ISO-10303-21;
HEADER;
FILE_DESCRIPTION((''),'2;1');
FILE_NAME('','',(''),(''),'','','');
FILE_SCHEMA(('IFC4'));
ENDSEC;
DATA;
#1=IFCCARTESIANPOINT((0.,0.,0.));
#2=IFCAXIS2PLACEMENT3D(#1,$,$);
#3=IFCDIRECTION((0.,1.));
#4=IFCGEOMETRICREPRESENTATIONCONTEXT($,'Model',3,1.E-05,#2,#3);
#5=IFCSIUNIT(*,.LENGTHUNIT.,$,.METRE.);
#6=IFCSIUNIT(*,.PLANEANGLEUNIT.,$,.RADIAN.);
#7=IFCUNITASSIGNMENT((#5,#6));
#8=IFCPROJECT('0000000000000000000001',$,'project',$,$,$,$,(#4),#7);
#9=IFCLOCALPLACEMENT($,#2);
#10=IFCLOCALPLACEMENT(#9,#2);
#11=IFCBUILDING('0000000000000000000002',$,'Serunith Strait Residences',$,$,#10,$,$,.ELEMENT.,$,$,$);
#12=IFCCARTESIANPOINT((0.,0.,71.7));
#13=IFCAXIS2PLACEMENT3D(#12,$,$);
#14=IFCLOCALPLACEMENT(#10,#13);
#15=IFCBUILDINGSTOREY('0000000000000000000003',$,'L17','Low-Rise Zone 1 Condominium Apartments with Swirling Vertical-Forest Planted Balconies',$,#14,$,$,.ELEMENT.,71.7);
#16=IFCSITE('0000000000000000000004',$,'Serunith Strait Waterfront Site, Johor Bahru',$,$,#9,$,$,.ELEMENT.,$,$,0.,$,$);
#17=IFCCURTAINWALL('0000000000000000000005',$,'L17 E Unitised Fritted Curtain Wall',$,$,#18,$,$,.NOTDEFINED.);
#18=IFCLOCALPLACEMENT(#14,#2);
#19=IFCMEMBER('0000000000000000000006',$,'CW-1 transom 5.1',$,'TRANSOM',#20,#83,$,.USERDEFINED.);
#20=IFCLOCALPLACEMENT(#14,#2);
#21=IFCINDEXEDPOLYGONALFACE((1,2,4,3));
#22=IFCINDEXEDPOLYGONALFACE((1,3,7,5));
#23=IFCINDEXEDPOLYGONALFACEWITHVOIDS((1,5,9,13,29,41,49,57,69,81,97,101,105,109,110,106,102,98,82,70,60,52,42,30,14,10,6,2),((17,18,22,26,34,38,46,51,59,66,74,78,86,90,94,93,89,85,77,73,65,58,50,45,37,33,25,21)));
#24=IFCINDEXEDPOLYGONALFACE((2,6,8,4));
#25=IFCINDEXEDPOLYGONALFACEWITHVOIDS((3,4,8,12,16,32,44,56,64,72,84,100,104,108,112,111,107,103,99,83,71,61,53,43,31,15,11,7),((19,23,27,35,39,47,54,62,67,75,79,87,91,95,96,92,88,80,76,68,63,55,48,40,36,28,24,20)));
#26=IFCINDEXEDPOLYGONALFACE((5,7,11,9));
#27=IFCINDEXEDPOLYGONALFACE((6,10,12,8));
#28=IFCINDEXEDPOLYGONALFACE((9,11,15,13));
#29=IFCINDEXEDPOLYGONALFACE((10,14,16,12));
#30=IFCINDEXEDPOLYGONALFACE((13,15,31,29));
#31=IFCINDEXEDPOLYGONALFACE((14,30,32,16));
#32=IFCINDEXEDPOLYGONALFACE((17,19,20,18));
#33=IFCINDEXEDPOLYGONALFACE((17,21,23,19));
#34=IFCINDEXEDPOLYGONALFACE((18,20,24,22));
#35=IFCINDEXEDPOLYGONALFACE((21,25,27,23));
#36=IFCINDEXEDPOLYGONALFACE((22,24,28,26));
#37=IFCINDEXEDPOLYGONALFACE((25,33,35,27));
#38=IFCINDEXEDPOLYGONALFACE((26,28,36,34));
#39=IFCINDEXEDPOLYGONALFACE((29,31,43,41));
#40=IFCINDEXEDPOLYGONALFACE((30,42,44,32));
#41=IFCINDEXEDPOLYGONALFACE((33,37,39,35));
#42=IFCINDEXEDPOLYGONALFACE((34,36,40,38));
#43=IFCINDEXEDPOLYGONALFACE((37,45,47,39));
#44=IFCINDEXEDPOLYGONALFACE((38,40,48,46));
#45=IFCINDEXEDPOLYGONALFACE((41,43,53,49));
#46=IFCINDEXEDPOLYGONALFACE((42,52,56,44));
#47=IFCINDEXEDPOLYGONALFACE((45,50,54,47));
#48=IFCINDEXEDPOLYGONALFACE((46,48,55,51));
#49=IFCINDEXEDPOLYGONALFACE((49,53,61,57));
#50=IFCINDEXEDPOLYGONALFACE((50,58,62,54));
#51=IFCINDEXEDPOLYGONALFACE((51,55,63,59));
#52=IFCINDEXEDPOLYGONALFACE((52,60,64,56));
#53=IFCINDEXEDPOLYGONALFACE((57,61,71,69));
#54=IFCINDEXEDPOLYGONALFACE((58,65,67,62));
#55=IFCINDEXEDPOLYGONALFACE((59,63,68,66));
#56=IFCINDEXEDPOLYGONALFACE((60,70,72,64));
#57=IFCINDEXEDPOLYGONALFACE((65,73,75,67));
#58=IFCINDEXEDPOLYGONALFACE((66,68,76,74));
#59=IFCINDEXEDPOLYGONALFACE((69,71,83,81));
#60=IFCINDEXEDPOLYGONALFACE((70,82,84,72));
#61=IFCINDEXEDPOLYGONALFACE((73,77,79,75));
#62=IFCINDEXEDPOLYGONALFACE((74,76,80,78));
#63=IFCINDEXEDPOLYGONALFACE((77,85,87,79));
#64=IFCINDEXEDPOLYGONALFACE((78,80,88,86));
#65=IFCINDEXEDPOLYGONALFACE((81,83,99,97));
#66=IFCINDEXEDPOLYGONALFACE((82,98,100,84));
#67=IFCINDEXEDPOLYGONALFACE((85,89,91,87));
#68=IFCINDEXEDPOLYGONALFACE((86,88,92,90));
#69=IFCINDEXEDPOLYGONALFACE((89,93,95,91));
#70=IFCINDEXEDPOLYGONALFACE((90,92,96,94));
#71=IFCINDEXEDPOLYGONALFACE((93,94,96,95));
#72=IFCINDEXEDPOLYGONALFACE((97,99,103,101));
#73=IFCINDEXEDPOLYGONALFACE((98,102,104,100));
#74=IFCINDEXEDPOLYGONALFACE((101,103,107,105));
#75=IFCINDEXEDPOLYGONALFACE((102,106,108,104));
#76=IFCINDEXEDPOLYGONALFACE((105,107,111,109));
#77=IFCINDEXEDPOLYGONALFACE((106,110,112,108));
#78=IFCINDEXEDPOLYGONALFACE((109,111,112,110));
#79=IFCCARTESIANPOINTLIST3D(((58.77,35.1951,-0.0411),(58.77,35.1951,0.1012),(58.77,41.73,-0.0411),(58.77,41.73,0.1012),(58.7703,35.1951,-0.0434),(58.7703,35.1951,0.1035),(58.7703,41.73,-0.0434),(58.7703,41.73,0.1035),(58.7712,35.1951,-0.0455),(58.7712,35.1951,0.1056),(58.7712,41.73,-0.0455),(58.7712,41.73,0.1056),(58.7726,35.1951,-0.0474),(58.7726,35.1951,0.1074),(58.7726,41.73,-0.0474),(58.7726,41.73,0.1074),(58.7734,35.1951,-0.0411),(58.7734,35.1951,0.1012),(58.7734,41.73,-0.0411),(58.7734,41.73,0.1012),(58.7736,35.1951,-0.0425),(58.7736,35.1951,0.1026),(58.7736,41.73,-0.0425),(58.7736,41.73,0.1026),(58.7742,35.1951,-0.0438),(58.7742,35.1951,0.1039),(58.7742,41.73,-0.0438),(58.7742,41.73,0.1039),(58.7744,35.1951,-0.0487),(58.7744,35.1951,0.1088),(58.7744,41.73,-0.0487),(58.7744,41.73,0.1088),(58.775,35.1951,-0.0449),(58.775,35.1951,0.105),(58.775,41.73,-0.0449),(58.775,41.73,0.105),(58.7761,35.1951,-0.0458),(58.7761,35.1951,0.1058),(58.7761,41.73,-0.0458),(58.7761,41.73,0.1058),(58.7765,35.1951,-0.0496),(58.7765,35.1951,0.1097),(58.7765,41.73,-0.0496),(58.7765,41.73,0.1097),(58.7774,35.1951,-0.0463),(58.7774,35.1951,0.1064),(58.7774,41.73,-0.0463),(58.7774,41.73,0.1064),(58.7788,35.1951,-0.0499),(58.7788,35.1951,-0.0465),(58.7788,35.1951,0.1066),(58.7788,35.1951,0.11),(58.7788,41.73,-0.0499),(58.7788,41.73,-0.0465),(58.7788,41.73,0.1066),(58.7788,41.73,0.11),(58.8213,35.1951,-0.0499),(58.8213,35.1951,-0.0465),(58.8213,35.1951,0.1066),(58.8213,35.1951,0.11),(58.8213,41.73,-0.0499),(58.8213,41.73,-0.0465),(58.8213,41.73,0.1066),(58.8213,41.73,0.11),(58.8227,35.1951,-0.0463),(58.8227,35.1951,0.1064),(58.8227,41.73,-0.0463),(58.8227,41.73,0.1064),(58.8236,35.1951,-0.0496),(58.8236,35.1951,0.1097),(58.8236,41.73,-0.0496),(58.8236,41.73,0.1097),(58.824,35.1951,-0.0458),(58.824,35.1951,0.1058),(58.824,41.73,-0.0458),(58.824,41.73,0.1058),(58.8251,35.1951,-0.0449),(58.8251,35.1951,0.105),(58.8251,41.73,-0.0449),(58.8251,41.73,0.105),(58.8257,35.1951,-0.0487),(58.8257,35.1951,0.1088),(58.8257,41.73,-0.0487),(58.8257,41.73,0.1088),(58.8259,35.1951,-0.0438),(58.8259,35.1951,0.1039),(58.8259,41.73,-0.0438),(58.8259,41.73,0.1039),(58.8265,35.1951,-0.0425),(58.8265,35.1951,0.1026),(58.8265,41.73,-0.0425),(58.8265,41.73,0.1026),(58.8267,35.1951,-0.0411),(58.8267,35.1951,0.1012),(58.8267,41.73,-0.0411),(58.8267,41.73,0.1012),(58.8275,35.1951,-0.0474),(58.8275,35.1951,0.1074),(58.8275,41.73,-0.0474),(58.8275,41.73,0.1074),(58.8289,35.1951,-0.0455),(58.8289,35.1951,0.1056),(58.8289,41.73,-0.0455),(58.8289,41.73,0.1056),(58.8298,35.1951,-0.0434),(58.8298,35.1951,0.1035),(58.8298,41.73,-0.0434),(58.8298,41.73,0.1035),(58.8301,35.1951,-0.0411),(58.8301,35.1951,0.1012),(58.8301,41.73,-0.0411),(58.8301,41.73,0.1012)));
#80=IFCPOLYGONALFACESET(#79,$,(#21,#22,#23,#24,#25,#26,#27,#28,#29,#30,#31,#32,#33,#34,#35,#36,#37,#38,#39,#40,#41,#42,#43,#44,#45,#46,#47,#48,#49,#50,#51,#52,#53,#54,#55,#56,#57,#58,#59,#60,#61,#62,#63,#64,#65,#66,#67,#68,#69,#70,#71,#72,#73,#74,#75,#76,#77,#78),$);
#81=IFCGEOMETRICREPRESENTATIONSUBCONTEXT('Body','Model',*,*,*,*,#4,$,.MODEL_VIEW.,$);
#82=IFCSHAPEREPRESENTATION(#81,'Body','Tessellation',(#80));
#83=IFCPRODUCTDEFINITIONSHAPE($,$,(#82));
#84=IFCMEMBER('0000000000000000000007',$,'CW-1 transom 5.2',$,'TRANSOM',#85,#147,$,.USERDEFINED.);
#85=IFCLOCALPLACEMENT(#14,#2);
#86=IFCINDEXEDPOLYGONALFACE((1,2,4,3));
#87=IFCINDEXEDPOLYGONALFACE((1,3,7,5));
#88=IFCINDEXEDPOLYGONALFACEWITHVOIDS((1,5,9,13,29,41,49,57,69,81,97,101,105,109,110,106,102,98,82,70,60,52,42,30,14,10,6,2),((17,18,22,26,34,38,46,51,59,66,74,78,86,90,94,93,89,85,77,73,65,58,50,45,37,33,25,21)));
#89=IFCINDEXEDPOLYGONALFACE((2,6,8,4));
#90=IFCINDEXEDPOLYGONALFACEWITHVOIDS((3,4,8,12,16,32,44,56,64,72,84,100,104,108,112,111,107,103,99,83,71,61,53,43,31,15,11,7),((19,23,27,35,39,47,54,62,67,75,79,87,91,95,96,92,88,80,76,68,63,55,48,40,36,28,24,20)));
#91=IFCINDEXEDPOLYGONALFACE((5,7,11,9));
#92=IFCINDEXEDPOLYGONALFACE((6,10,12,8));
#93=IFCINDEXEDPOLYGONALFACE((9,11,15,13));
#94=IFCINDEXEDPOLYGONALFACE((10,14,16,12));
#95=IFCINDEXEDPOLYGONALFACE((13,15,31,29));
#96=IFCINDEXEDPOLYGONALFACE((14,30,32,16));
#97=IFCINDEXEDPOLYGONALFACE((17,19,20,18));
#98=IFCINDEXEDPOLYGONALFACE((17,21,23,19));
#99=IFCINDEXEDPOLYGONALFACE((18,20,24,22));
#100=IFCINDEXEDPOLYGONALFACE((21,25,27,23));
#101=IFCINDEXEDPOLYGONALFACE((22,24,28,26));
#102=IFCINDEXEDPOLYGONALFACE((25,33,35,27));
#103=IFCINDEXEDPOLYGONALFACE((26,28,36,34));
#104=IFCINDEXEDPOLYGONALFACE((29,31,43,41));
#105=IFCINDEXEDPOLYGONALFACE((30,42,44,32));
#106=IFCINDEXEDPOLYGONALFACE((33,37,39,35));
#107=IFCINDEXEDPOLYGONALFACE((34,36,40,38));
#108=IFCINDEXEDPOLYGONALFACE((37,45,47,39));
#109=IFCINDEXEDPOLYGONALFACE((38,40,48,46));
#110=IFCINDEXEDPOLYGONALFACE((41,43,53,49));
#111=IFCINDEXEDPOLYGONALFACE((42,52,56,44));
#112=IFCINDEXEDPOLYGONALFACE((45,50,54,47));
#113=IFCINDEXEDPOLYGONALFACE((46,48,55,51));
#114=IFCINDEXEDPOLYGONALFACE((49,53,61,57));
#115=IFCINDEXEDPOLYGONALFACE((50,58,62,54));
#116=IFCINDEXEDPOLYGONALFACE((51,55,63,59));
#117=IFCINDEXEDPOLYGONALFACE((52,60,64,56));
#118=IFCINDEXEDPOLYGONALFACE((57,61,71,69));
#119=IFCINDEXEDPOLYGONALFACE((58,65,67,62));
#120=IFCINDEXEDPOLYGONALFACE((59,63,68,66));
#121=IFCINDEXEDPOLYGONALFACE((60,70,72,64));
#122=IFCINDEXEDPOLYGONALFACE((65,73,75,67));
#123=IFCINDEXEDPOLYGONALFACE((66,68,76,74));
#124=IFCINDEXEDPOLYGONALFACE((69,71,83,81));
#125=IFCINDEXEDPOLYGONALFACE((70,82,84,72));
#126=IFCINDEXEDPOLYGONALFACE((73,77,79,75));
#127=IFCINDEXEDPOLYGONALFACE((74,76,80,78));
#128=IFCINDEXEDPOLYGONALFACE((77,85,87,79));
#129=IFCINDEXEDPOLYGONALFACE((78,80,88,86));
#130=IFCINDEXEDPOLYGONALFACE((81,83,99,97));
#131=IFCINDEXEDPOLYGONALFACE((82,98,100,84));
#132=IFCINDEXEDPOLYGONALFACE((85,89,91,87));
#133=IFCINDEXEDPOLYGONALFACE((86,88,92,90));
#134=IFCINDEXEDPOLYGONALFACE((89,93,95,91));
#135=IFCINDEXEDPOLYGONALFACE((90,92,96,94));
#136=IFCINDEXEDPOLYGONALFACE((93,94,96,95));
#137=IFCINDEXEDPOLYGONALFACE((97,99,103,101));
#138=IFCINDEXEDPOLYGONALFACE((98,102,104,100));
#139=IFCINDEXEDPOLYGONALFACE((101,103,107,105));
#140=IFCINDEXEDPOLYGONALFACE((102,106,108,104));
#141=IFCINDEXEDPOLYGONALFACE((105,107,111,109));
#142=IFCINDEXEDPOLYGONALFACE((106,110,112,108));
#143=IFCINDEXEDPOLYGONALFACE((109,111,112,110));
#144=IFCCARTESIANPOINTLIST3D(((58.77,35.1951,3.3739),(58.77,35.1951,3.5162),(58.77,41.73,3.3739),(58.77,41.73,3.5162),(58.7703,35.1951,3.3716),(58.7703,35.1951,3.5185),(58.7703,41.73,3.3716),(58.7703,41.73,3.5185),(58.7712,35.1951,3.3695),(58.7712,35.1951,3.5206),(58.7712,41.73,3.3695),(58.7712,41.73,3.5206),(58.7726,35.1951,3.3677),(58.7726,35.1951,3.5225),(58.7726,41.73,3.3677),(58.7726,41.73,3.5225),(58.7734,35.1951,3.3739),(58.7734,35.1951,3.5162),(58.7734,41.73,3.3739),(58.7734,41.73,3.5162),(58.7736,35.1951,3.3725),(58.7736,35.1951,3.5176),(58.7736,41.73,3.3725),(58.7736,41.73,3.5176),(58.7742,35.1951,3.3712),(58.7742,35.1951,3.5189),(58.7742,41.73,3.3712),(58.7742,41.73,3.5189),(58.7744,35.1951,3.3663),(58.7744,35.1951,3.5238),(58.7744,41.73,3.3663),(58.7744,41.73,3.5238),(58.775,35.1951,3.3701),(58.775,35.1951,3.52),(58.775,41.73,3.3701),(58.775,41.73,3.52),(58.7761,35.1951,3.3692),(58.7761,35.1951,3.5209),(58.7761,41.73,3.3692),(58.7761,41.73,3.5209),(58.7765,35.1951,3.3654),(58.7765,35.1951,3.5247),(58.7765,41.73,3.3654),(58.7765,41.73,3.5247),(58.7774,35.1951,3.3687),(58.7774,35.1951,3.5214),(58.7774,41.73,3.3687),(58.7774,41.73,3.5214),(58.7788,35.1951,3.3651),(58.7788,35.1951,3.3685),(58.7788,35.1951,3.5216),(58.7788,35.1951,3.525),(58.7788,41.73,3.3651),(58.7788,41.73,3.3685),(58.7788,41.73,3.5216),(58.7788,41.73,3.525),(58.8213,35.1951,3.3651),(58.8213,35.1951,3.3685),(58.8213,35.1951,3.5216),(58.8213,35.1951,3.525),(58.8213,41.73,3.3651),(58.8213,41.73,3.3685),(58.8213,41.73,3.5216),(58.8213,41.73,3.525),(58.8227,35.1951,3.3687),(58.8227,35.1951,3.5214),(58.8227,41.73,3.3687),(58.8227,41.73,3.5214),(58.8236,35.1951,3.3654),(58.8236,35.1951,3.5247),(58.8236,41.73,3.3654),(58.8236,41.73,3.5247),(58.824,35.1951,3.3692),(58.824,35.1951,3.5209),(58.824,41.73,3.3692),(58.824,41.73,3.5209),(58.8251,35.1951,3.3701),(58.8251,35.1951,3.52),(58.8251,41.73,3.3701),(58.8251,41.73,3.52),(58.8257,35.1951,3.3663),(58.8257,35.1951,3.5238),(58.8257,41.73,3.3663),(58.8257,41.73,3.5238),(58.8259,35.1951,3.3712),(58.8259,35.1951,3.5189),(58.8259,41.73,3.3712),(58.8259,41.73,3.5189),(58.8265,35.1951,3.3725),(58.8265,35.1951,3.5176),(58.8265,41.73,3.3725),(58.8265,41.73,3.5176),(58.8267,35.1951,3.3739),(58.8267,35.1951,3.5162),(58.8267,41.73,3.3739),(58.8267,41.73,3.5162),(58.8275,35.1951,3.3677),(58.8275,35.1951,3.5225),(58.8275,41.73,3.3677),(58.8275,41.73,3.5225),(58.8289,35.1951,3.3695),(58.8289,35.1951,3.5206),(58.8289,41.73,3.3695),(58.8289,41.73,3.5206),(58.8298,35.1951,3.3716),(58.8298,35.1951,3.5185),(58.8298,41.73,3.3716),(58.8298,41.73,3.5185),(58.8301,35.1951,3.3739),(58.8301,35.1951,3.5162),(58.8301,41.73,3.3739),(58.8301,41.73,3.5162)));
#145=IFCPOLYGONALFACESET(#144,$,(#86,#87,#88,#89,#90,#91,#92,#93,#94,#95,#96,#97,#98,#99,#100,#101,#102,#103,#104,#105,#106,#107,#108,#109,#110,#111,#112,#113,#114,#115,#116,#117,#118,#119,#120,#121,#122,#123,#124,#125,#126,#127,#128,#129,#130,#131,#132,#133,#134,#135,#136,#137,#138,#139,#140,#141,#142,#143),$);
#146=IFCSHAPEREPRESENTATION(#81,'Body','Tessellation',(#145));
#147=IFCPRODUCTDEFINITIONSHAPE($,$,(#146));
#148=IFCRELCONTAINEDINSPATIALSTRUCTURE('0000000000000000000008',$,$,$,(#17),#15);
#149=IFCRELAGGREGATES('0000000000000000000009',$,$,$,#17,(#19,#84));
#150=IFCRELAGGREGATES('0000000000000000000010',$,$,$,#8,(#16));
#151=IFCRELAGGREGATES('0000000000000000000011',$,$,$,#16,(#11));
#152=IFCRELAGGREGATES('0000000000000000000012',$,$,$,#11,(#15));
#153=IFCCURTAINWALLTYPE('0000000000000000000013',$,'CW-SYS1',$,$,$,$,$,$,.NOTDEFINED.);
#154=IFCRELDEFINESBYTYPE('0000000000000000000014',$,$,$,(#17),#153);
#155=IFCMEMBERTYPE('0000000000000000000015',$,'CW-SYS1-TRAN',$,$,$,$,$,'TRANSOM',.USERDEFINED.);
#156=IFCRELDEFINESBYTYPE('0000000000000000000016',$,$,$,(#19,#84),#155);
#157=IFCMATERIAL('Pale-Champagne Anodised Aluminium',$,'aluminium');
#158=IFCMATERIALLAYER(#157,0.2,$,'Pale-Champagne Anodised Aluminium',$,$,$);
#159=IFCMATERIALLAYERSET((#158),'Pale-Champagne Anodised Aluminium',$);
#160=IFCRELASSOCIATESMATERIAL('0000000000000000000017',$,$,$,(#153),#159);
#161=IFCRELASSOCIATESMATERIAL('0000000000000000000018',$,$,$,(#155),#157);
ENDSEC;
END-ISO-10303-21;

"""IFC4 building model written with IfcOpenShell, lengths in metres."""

from ifc_helpers import new_model, si_unit, direction, frame, origin, origin_2d, place, context, subcontext, project, spatial, hollow_rectangle, extrude, source, transform, mapped, material, layer, layer_set, material_profile, profile_set, type_object, element, aggregate, save


model = new_model("IFC4")

# Units and contexts
model_context = context("Model", 3, precision=1e-05, world=origin(), true_north=direction((0.0, 1.0)))
body_context = subcontext(model_context, "Body", "Model", "MODEL_VIEW")
ifc_project = project(units=[si_unit("LENGTHUNIT", "METRE"), si_unit("PLANEANGLEUNIT", "RADIAN")], contexts=[model_context])

# Site, building, storey
site_placement = place(None, origin())
site = spatial("IfcSite", under=ifc_project, at=site_placement, Name="Serunith Strait Waterfront Site, Johor Bahru", CompositionType="ELEMENT", RefElevation=0.0)
building_placement = place(site_placement, origin())
building = spatial("IfcBuilding", under=site, at=building_placement, Name="Serunith Strait Residences", CompositionType="ELEMENT")
storey_placement = place(building_placement, frame((0.0, 0.0, 71.7)))
storey = spatial("IfcBuildingStorey", under=building, at=storey_placement, Name="L17", Description="Low-Rise Zone 1 Condominium Apartments with Swirling Vertical-Forest Planted Balconies", CompositionType="ELEMENT", Elevation=71.7)

# Curtain wall, members
ifc_material_1 = material(Name="Pale-Champagne Anodised Aluminium", Category="aluminium")
ifc_layer_1 = layer(ifc_material_1, 0.2, Name="Pale-Champagne Anodised Aluminium")
ifc_layer_set_1 = layer_set([ifc_layer_1], Name="Pale-Champagne Anodised Aluminium")
curtain_wall_type = type_object("IfcCurtainWallType", Name="CW-SYS1", PredefinedType="NOTDEFINED", material=ifc_layer_set_1)
curtain_wall_placement = place(storey_placement, origin())
curtain_wall = element("IfcCurtainWall", 1, at=curtain_wall_placement, inside=storey, type_object=curtain_wall_type, Name="L17 E Unitised Fritted Curtain Wall", PredefinedType="NOTDEFINED")
ifc_material_profile_1 = material_profile(ifc_material_1, hollow_rectangle(XDim=0.0601, YDim=0.1599, WallThickness=0.0034, InnerFilletRadius=0.0054, OuterFilletRadius=0.0088, at=origin_2d()), Name="ALU 160x60x3.5")
ifc_profile_set_1 = profile_set([ifc_material_profile_1], Name="Pale-Champagne Anodised Aluminium")
member_type_1 = type_object("IfcMemberType", Name="CW-SYS1-TRAN", ElementType="TRANSOM", PredefinedType="USERDEFINED", material=ifc_profile_set_1)
shared_shape_1 = source(origin(), body_context, "Body", "SweptSolid", [
    extrude(hollow_rectangle(XDim=0.0601, YDim=0.1599, WallThickness=0.0034, InnerFilletRadius=0.0054, OuterFilletRadius=0.0088, at=origin_2d()), origin(), (0.0, 0.0, 1.0), 6.5349),
])
member_1_placement = place(storey_placement, frame((58.8, 35.1951, 0.03), z_axis=(0.0, 1.0, 0.0), x_axis=(-1.0, 0.0, 0.0)))
member_1 = element("IfcMember", 2, at=member_1_placement, type_object=member_type_1, Name="CW-1 transom 5.1", ObjectType="TRANSOM", PredefinedType="USERDEFINED", context=body_context, shape_type="MappedRepresentation", body=[
    mapped(shared_shape_1, transform((0.0, 0.0, 0.0), scale=1.0)),
])
member_2_placement = place(storey_placement, frame((58.8, 35.1951, 3.4451), z_axis=(0.0, 1.0, 0.0), x_axis=(-1.0, 0.0, 0.0)))
member_2 = element("IfcMember", 3, at=member_2_placement, type_object=member_type_1, Name="CW-1 transom 5.2", ObjectType="TRANSOM", PredefinedType="USERDEFINED", context=body_context, shape_type="MappedRepresentation", body=[
    mapped(shared_shape_1, transform((0.0, 0.0, 0.0), scale=1.0)),
])
aggregate(curtain_wall, [member_1, member_2])

save(model, "model.ifc")
